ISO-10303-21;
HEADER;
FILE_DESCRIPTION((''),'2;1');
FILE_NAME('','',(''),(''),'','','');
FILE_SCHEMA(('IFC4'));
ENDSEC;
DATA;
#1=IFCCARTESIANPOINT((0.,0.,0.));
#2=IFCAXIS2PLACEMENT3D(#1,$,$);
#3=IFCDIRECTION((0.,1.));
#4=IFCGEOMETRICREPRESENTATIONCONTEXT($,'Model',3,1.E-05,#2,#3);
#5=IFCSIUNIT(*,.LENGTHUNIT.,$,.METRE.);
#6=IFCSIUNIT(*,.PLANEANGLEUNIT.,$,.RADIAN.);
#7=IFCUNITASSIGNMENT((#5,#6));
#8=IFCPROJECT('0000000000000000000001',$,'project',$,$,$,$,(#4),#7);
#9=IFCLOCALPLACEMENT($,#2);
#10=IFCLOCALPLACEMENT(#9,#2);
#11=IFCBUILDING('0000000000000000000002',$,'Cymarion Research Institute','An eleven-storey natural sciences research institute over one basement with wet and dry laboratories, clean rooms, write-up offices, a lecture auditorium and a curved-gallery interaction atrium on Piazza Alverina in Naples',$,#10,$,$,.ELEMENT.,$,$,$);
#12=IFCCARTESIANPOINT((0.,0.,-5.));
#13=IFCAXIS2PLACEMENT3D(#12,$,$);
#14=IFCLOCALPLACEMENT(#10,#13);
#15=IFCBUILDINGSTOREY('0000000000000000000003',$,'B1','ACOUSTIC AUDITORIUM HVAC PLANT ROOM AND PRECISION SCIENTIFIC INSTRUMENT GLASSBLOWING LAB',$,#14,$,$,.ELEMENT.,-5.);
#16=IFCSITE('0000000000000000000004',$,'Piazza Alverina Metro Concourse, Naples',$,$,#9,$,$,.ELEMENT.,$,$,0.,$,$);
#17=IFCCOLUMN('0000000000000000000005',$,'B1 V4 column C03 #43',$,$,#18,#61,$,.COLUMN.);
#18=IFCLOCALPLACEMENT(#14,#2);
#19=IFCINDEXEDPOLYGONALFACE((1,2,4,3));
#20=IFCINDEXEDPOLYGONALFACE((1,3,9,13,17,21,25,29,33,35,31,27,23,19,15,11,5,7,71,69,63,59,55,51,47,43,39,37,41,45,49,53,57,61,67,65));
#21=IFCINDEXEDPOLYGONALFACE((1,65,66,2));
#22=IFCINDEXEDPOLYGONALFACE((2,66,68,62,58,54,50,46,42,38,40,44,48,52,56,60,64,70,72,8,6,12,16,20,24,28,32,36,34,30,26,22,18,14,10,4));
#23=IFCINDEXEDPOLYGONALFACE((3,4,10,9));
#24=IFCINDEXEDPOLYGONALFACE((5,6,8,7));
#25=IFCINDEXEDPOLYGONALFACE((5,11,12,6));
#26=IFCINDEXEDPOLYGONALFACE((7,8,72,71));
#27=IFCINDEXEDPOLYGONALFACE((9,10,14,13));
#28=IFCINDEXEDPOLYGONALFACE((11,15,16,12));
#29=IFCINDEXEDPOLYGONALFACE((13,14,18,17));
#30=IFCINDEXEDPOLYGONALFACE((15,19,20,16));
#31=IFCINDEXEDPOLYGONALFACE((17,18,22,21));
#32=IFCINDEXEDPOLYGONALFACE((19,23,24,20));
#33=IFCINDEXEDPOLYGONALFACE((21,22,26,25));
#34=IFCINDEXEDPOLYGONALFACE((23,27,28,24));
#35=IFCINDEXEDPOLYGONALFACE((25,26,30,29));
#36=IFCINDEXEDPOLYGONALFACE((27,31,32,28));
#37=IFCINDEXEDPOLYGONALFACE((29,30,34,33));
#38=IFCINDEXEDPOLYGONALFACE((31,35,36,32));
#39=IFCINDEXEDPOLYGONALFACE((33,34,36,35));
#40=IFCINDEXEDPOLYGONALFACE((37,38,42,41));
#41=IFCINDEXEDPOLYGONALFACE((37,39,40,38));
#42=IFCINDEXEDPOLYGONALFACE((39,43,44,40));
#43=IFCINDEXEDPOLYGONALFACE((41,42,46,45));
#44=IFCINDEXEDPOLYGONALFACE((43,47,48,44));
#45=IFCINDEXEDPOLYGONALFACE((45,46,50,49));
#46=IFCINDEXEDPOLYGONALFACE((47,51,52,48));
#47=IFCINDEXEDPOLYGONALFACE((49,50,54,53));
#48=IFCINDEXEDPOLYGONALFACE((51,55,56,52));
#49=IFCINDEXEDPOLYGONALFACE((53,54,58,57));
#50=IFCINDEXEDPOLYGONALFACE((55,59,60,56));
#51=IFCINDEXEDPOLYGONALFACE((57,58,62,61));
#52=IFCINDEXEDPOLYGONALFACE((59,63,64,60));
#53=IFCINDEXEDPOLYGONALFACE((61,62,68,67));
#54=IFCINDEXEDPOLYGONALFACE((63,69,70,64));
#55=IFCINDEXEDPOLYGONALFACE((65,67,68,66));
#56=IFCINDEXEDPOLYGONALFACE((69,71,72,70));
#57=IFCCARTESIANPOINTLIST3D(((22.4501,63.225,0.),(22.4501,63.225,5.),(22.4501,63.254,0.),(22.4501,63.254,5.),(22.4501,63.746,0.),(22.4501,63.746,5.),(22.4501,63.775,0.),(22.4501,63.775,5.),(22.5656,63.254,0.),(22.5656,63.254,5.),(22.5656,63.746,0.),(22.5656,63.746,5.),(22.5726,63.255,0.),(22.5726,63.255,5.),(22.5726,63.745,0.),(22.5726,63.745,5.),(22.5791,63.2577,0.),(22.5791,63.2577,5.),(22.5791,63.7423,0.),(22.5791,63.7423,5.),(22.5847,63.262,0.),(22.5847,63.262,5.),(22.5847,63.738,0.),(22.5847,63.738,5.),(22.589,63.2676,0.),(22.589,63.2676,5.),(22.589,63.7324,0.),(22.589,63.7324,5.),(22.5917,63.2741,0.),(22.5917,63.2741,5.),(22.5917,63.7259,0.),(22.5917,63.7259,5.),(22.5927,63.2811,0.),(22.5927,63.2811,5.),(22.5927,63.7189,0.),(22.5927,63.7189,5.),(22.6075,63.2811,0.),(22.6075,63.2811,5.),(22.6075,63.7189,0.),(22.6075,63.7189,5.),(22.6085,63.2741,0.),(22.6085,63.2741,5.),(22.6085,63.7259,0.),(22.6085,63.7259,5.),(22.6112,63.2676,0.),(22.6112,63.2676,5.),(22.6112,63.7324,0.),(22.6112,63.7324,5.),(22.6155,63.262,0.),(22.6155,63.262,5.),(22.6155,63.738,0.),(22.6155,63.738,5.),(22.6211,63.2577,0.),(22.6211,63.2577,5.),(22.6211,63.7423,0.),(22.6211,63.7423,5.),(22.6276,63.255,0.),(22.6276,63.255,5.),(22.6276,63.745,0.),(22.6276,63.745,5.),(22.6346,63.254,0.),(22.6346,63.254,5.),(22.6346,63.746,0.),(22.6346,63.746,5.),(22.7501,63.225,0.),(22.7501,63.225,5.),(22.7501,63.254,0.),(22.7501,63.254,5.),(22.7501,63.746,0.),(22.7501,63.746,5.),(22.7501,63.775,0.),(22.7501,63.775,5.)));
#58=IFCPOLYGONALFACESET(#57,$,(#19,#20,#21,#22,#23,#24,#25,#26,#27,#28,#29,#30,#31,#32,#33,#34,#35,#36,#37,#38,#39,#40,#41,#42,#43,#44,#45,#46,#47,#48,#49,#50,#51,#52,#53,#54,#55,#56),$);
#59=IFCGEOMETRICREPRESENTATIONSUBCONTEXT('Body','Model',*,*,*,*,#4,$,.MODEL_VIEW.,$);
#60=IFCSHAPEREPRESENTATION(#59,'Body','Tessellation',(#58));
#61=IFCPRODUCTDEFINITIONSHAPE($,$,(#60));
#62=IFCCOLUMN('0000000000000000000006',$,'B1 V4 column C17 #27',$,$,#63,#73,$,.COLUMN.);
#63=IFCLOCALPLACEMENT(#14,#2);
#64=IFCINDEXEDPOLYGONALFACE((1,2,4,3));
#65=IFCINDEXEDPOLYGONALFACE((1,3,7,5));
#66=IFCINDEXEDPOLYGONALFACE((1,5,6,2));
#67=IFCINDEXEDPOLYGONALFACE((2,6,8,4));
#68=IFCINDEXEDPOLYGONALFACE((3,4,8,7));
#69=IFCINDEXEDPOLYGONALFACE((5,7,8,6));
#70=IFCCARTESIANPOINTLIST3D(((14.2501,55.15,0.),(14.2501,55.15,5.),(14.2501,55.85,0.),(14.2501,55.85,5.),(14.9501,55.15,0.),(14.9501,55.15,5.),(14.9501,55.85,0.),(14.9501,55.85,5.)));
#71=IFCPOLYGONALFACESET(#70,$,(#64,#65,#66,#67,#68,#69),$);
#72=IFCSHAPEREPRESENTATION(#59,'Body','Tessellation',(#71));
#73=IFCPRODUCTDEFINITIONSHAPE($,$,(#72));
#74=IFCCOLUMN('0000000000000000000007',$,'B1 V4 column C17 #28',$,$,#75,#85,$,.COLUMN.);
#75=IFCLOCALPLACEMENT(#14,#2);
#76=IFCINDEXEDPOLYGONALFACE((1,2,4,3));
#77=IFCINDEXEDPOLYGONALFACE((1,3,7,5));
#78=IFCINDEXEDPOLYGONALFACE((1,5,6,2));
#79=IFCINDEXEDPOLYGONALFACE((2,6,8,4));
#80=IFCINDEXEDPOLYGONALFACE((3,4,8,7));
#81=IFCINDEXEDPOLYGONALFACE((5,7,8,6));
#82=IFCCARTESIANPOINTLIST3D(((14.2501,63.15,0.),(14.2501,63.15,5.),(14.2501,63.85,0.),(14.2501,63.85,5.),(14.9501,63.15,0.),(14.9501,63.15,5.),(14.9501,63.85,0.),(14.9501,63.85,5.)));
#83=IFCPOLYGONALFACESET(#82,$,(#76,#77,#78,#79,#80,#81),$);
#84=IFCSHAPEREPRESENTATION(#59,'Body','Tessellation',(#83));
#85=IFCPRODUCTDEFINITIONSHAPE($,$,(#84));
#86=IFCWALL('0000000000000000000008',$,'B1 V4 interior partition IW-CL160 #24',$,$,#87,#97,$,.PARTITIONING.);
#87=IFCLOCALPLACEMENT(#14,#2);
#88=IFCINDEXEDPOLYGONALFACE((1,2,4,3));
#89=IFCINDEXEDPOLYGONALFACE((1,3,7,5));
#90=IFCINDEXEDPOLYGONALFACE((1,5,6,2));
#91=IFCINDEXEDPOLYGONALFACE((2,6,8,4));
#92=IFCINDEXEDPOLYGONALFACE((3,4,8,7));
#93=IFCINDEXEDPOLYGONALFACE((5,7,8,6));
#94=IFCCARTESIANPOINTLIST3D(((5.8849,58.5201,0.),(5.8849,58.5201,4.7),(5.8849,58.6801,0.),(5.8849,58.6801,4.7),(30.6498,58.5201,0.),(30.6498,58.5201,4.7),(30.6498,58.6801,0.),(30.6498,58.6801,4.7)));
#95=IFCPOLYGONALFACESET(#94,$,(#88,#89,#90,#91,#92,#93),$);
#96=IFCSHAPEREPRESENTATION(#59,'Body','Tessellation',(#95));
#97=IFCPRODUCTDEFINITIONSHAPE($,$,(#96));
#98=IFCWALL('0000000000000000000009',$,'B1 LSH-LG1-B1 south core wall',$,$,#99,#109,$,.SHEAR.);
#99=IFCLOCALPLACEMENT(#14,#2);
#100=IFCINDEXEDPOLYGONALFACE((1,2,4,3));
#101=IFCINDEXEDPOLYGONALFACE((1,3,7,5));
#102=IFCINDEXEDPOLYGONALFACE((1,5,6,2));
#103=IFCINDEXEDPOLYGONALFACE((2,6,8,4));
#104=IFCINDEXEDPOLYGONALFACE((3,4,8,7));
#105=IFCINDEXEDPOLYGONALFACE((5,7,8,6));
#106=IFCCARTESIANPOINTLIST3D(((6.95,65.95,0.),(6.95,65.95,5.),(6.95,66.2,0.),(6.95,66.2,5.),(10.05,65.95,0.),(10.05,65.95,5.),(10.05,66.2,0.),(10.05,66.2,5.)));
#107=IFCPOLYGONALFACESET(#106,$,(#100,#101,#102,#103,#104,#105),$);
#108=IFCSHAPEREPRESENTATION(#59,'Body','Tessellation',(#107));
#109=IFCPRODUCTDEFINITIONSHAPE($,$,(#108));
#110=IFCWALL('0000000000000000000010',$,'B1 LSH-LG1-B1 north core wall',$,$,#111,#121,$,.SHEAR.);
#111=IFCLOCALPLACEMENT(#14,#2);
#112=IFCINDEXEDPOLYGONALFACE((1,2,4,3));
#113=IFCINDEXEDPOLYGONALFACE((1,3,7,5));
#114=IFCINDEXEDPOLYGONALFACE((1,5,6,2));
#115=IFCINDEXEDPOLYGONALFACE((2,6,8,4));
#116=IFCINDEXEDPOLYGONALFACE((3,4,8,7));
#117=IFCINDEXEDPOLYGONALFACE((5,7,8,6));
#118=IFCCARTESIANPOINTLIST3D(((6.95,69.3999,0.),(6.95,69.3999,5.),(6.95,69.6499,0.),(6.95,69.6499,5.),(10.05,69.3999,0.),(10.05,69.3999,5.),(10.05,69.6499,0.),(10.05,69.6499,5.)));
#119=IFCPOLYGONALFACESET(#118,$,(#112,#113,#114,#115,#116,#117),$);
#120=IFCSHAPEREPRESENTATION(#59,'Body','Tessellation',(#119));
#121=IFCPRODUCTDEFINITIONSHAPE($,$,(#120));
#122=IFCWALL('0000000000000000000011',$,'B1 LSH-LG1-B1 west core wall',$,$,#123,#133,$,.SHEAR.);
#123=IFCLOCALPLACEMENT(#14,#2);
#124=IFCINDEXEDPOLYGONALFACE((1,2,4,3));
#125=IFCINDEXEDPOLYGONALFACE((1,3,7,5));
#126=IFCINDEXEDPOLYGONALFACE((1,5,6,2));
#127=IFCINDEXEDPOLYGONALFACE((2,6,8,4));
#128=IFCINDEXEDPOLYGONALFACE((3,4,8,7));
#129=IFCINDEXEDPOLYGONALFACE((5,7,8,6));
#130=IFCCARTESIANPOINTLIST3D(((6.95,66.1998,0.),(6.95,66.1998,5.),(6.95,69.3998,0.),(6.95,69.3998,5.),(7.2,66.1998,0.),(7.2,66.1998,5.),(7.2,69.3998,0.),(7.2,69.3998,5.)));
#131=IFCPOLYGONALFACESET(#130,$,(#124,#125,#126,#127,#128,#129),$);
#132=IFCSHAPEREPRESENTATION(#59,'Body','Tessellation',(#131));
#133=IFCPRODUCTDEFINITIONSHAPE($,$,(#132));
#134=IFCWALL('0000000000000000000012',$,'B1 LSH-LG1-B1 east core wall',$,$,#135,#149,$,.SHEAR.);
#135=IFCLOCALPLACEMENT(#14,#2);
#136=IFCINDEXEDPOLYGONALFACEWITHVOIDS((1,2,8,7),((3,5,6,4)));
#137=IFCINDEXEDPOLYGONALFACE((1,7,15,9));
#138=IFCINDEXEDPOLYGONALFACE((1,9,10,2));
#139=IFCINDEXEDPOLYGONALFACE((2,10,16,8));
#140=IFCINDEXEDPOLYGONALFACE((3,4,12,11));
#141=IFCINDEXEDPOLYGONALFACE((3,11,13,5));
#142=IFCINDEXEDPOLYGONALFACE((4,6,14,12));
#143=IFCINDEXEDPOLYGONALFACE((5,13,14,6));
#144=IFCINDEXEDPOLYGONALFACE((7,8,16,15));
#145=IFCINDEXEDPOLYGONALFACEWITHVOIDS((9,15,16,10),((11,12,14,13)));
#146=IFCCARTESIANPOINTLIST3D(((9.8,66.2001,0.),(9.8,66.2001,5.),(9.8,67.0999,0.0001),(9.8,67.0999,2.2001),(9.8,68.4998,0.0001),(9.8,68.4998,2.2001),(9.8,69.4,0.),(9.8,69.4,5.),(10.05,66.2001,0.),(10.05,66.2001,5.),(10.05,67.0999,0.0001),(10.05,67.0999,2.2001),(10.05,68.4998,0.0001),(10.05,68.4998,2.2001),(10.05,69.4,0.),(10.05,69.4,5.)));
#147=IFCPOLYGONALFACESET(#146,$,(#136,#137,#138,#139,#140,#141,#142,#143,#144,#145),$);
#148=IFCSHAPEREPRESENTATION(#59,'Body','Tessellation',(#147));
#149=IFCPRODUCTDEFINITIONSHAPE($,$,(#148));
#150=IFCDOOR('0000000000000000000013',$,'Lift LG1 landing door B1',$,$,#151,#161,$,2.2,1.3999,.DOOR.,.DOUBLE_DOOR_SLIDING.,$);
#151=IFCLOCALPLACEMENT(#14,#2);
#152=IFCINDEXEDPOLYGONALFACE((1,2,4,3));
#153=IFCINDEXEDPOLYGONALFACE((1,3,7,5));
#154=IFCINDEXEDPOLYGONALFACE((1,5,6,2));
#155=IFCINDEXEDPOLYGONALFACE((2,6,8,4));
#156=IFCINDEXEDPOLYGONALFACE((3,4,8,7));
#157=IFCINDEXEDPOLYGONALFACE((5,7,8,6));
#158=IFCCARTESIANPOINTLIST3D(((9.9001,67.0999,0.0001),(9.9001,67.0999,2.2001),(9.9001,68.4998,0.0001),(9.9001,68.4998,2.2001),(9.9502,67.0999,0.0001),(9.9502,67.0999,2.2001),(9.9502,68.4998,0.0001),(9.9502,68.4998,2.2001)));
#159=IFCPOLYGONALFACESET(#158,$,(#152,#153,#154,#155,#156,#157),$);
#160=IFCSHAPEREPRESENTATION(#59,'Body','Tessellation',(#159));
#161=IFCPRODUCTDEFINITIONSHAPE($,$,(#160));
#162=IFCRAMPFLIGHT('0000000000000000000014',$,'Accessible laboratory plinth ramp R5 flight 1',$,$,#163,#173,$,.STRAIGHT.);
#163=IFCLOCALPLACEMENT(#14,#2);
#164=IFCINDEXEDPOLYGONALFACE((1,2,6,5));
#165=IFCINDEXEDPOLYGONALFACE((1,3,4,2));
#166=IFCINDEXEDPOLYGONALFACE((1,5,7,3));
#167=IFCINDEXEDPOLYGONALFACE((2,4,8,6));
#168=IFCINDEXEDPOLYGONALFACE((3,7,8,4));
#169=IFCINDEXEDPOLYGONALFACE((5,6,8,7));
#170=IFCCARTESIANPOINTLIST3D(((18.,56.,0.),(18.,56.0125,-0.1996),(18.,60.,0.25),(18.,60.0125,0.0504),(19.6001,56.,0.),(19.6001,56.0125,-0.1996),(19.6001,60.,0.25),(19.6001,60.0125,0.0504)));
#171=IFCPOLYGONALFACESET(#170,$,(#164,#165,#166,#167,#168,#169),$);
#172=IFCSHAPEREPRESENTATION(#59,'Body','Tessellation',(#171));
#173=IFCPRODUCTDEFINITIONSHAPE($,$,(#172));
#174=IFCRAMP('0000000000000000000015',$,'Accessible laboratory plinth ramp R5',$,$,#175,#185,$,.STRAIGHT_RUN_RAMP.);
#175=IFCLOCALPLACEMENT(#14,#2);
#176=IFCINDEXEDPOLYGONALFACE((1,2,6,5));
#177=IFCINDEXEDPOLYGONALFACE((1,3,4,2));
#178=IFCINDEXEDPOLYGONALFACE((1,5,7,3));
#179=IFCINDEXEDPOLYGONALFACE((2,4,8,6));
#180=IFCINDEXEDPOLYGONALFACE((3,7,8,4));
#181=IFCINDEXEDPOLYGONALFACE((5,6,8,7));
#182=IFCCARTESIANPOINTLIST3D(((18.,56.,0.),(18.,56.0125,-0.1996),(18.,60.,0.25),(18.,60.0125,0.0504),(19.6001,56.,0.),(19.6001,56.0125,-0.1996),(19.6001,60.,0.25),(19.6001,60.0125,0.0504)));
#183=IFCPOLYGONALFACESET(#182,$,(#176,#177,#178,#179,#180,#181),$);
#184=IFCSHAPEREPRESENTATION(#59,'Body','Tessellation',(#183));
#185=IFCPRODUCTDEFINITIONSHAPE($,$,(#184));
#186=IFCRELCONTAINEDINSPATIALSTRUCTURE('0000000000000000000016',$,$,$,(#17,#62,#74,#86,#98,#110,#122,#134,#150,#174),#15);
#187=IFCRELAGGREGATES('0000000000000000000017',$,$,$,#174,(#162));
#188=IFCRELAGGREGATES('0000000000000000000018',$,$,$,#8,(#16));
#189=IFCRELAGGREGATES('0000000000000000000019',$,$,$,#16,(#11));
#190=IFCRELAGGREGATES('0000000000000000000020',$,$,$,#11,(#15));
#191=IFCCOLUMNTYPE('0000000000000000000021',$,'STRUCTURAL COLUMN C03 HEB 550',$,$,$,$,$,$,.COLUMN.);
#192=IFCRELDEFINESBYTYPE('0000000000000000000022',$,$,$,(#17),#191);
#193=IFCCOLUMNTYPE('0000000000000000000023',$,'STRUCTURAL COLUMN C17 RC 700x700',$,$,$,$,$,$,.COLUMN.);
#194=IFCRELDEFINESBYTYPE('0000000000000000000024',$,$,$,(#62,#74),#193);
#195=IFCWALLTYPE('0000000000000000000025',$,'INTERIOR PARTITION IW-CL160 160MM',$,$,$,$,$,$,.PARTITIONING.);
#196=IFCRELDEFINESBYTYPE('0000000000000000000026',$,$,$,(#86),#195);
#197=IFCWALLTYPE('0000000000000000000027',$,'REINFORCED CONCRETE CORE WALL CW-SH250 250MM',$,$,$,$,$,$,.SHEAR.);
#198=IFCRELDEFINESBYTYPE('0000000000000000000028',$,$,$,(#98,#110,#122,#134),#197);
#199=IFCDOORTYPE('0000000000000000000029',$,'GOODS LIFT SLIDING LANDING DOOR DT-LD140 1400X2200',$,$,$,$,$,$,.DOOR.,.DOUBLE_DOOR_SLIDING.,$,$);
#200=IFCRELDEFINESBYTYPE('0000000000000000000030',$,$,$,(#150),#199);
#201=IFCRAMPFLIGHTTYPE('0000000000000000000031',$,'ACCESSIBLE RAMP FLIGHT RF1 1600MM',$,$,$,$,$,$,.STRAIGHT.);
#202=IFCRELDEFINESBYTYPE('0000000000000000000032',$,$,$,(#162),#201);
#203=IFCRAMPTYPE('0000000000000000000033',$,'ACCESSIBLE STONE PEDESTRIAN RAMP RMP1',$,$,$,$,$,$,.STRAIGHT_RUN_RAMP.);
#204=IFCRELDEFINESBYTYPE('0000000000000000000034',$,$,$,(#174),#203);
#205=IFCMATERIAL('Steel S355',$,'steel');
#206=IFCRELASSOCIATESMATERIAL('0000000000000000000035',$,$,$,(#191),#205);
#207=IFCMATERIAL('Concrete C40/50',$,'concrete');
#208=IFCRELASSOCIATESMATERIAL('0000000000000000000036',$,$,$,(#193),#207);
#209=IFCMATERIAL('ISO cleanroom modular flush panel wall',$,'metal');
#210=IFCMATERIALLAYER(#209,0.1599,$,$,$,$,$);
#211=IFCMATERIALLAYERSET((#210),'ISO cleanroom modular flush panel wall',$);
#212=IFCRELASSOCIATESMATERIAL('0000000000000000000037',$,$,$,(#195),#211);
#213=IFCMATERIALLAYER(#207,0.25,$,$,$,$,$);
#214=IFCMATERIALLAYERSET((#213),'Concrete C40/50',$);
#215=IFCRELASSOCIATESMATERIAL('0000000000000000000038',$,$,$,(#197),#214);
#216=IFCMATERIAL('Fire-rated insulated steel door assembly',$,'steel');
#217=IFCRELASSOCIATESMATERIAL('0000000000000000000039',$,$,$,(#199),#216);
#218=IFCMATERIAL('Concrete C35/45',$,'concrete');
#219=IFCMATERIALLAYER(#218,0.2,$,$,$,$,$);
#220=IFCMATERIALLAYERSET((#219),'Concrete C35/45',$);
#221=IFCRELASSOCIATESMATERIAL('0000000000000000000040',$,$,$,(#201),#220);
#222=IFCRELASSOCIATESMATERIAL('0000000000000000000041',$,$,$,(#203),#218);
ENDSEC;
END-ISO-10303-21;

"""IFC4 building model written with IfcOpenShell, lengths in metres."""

from ifc_helpers import new_model, si_unit, direction, frame, frame_2d, origin, origin_2d, place, context, subcontext, project, spatial, polyline, rectangle, i_section, outline, extrude, material, layer, layer_set, material_profile, profile_set, type_object, element, fill, aggregate, save


model = new_model("IFC4")

# Units and contexts
model_context = context("Model", 3, precision=1e-05, world=origin(), true_north=direction((0.0, 1.0)))
body_context = subcontext(model_context, "Body", "Model", "MODEL_VIEW")
ifc_project = project(units=[si_unit("LENGTHUNIT", "METRE"), si_unit("PLANEANGLEUNIT", "RADIAN")], contexts=[model_context])

# Site, building, storey
site_placement = place(None, origin())
site = spatial("IfcSite", under=ifc_project, at=site_placement, Name="Piazza Alverina Metro Concourse, Naples", CompositionType="ELEMENT", RefElevation=0.0)
building_placement = place(site_placement, origin())
building = spatial("IfcBuilding", under=site, at=building_placement, Name="Cymarion Research Institute", Description="An eleven-storey natural sciences research institute over one basement with wet and dry laboratories, clean rooms, write-up offices, a lecture auditorium and a curved-gallery interaction atrium on Piazza Alverina in Naples", CompositionType="ELEMENT")
storey_placement = place(building_placement, frame((0.0, 0.0, -5.0)))
storey = spatial("IfcBuildingStorey", under=building, at=storey_placement, Name="B1", Description="ACOUSTIC AUDITORIUM HVAC PLANT ROOM AND PRECISION SCIENTIFIC INSTRUMENT GLASSBLOWING LAB", CompositionType="ELEMENT", Elevation=-5.0)

# Shared definitions
ifc_material_1 = material(Name="Concrete C35/45", Category="concrete")

# Columns
ifc_material_2 = material(Name="Steel S355", Category="steel")
ifc_material_profile_1 = material_profile(ifc_material_2, i_section(OverallWidth=0.3, OverallDepth=0.55, WebThickness=0.0149, FlangeThickness=0.0291, FilletRadius=0.0271, at=origin_2d()), Name="HEB 550")
ifc_profile_set_1 = profile_set([ifc_material_profile_1], Name="Steel S355")
column_type_1 = type_object("IfcColumnType", Name="STRUCTURAL COLUMN C03 HEB 550", PredefinedType="COLUMN", material=ifc_profile_set_1)
for number, where, z_axis, x_axis, name in (
    (1, (22.6001, 63.5, 0.0), (0.0, 0.0, 1.0), (1.0, 0.0, 0.0), "B1 V4 column C03 #43"),
):
    element("IfcColumn", number, at=place(storey_placement, frame(where, z_axis=z_axis, x_axis=x_axis)), inside=storey, type_object=column_type_1, Name=name, PredefinedType="COLUMN", context=body_context, shape_type="SweptSolid", body=[
        extrude(i_section(OverallWidth=0.3, OverallDepth=0.55, WebThickness=0.0149, FlangeThickness=0.0291, FilletRadius=0.0271, at=origin_2d()), origin(), (0.0, 0.0, 1.0), 5.0),
    ])
ifc_material_3 = material(Name="Concrete C40/50", Category="concrete")
ifc_material_profile_2 = material_profile(ifc_material_3, rectangle(XDim=0.7, YDim=0.7, at=origin_2d()), Name="RC 700x700")
ifc_profile_set_2 = profile_set([ifc_material_profile_2], Name="Concrete C40/50")
column_type_2 = type_object("IfcColumnType", Name="STRUCTURAL COLUMN C17 RC 700x700", PredefinedType="COLUMN", material=ifc_profile_set_2)
for number, where, z_axis, x_axis, name in (
    (2, (14.6001, 55.5, 0.0), (0.0, 0.0, 1.0), (1.0, 0.0, 0.0), "B1 V4 column C17 #27"),
    (3, (14.6001, 63.5, 0.0), (0.0, 0.0, 1.0), (1.0, 0.0, 0.0), "B1 V4 column C17 #28"),
):
    element("IfcColumn", number, at=place(storey_placement, frame(where, z_axis=z_axis, x_axis=x_axis)), inside=storey, type_object=column_type_2, Name=name, PredefinedType="COLUMN", context=body_context, shape_type="SweptSolid", body=[
        extrude(rectangle(XDim=0.7, YDim=0.7, at=origin_2d()), origin(), (0.0, 0.0, 1.0), 5.0),
    ])

# Walls
ifc_material_4 = material(Name="ISO cleanroom modular flush panel wall", Category="metal")
ifc_layer_1 = layer(ifc_material_4, 0.1599)
ifc_layer_set_1 = layer_set([ifc_layer_1], Name="ISO cleanroom modular flush panel wall")
wall_type_1 = type_object("IfcWallType", Name="INTERIOR PARTITION IW-CL160 160MM", PredefinedType="PARTITIONING", material=ifc_layer_set_1)
wall_1_placement = place(storey_placement, frame((5.885, 58.6001, 0.0), z_axis=(0.0, 0.0, 1.0), x_axis=(1.0, 0.0, 0.0)))
element("IfcWall", 4, at=wall_1_placement, inside=storey, type_object=wall_type_1, Name="B1 V4 interior partition IW-CL160 #24", PredefinedType="PARTITIONING", context=body_context, shape_type="SweptSolid", body=[
    extrude(rectangle(XDim=24.7649, YDim=0.1599, at=frame_2d((12.3823, 0.0))), origin(), (0.0, 0.0, 1.0), 4.7),
])
ifc_layer_2 = layer(ifc_material_3, 0.25)
ifc_layer_set_2 = layer_set([ifc_layer_2], Name="Concrete C40/50")
wall_type_2 = type_object("IfcWallType", Name="REINFORCED CONCRETE CORE WALL CW-SH250 250MM", PredefinedType="SHEAR", material=ifc_layer_set_2)
for number, where, z_axis, x_axis, name in (
    (5, (6.95, 66.075, 0.0), (0.0, 0.0, 1.0), (1.0, 0.0, 0.0), "B1 LSH-LG1-B1 south core wall"),
    (6, (10.05, 69.5249, 0.0), (0.0, 0.0, 1.0), (-1.0, 0.0, 0.0), "B1 LSH-LG1-B1 north core wall"),
):
    element("IfcWall", number, at=place(storey_placement, frame(where, z_axis=z_axis, x_axis=x_axis)), inside=storey, type_object=wall_type_2, Name=name, PredefinedType="SHEAR", context=body_context, shape_type="SweptSolid", body=[
        extrude(rectangle(XDim=3.1001, YDim=0.25, at=frame_2d((1.55, 0.0))), origin(), (0.0, 0.0, 1.0), 5.0),
    ])
wall_2_placement = place(storey_placement, frame((7.075, 69.3999, 0.0), z_axis=(0.0, 0.0, 1.0), x_axis=(0.0, -1.0, 0.0)))
element("IfcWall", 7, at=wall_2_placement, inside=storey, type_object=wall_type_2, Name="B1 LSH-LG1-B1 west core wall", PredefinedType="SHEAR", context=body_context, shape_type="SweptSolid", body=[
    extrude(rectangle(XDim=3.2, YDim=0.25, at=frame_2d((1.6001, 0.0))), origin(), (0.0, 0.0, 1.0), 5.0),
])

# Wall, opening, door
wall_3_placement = place(storey_placement, frame((9.925, 66.2, 0.0), z_axis=(0.0, 0.0, 1.0), x_axis=(0.0, 1.0, 0.0)))
wall_3 = element("IfcWall", 8, at=wall_3_placement, inside=storey, type_object=wall_type_2, Name="B1 LSH-LG1-B1 east core wall", PredefinedType="SHEAR", context=body_context, shape_type="SweptSolid", body=[
    extrude(rectangle(XDim=3.2, YDim=0.25, at=frame_2d((1.6001, 0.0))), origin(), (0.0, 0.0, 1.0), 5.0),
])
opening_placement = place(wall_3_placement, frame((0.8999, 0.0, 0.0)))
opening = element("IfcOpeningElement", 9, at=opening_placement, cuts=wall_3, PredefinedType="OPENING", context=body_context, shape_type="SweptSolid", body=[
    extrude(rectangle(XDim=1.3999, YDim=2.2, at=frame_2d((0.7, 1.1001))), frame((0.0, 0.135, 0.0), z_axis=(0.0, -1.0, 0.0), x_axis=(1.0, 0.0, 0.0)), (0.0, 0.0, 1.0), 0.27),
])
ifc_material_5 = material(Name="Fire-rated insulated steel door assembly", Category="steel")
door_type = type_object("IfcDoorType", Name="GOODS LIFT SLIDING LANDING DOOR DT-LD140 1400X2200", OperationType="DOUBLE_DOOR_SLIDING", PredefinedType="DOOR", material=ifc_material_5)
door_placement = place(opening_placement, origin())
door = element("IfcDoor", 10, at=door_placement, inside=storey, type_object=door_type, Name="Lift LG1 landing door B1", OperationType="DOUBLE_DOOR_SLIDING", OverallHeight=2.2, OverallWidth=1.3999, PredefinedType="DOOR", context=body_context, shape_type="SweptSolid", body=[
    extrude(rectangle(XDim=1.3999, YDim=2.2, at=frame_2d((0.7, 1.1001))), frame((0.0, 0.0249, 0.0), z_axis=(0.0, -1.0, 0.0), x_axis=(1.0, 0.0, 0.0)), (0.0, 0.0, 1.0), 0.05),
])
fill(opening, door)

# Ramp flight
ifc_layer_3 = layer(ifc_material_1, 0.2)
ifc_layer_set_3 = layer_set([ifc_layer_3], Name="Concrete C35/45")
ramp_flight_type = type_object("IfcRampFlightType", Name="ACCESSIBLE RAMP FLIGHT RF1 1600MM", PredefinedType="STRAIGHT", material=ifc_layer_set_3)
ramp_flight_placement = place(storey_placement, frame((18.0, 56.0, 0.0), z_axis=(0.0, -0.062378, 0.998053), x_axis=(1.0, 0.0, 0.0)))
ramp_flight = element("IfcRampFlight", 11, at=ramp_flight_placement, type_object=ramp_flight_type, Name="Accessible laboratory plinth ramp R5 flight 1", PredefinedType="STRAIGHT", context=body_context, shape_type="SweptSolid", body=[
    extrude(outline(polyline([(0.0, 0.0), (1.6001, 0.0), (1.6001, 4.0078), (0.0, 4.0078), (0.0, 0.0)])), origin(), (0.0, 0.0, -1.0), 0.2),
])

# Ramp
ramp_type = type_object("IfcRampType", Name="ACCESSIBLE STONE PEDESTRIAN RAMP RMP1", PredefinedType="STRAIGHT_RUN_RAMP", material=ifc_material_1)
ramp_placement = place(storey_placement, frame((18.0, 56.0, 0.0), z_axis=(0.0, -0.062378, 0.998053), x_axis=(1.0, 0.0, 0.0)))
ramp = element("IfcRamp", 12, at=ramp_placement, inside=storey, type_object=ramp_type, Name="Accessible laboratory plinth ramp R5", PredefinedType="STRAIGHT_RUN_RAMP", context=body_context, shape_type="SweptSolid", body=[
    extrude(outline(polyline([(0.0, 0.0), (1.6001, 0.0), (1.6001, 4.0078), (0.0, 4.0078), (0.0, 0.0)])), origin(), (0.0, 0.0, -1.0), 0.2),
])
aggregate(ramp, [ramp_flight])

save(model, "model.ifc")
